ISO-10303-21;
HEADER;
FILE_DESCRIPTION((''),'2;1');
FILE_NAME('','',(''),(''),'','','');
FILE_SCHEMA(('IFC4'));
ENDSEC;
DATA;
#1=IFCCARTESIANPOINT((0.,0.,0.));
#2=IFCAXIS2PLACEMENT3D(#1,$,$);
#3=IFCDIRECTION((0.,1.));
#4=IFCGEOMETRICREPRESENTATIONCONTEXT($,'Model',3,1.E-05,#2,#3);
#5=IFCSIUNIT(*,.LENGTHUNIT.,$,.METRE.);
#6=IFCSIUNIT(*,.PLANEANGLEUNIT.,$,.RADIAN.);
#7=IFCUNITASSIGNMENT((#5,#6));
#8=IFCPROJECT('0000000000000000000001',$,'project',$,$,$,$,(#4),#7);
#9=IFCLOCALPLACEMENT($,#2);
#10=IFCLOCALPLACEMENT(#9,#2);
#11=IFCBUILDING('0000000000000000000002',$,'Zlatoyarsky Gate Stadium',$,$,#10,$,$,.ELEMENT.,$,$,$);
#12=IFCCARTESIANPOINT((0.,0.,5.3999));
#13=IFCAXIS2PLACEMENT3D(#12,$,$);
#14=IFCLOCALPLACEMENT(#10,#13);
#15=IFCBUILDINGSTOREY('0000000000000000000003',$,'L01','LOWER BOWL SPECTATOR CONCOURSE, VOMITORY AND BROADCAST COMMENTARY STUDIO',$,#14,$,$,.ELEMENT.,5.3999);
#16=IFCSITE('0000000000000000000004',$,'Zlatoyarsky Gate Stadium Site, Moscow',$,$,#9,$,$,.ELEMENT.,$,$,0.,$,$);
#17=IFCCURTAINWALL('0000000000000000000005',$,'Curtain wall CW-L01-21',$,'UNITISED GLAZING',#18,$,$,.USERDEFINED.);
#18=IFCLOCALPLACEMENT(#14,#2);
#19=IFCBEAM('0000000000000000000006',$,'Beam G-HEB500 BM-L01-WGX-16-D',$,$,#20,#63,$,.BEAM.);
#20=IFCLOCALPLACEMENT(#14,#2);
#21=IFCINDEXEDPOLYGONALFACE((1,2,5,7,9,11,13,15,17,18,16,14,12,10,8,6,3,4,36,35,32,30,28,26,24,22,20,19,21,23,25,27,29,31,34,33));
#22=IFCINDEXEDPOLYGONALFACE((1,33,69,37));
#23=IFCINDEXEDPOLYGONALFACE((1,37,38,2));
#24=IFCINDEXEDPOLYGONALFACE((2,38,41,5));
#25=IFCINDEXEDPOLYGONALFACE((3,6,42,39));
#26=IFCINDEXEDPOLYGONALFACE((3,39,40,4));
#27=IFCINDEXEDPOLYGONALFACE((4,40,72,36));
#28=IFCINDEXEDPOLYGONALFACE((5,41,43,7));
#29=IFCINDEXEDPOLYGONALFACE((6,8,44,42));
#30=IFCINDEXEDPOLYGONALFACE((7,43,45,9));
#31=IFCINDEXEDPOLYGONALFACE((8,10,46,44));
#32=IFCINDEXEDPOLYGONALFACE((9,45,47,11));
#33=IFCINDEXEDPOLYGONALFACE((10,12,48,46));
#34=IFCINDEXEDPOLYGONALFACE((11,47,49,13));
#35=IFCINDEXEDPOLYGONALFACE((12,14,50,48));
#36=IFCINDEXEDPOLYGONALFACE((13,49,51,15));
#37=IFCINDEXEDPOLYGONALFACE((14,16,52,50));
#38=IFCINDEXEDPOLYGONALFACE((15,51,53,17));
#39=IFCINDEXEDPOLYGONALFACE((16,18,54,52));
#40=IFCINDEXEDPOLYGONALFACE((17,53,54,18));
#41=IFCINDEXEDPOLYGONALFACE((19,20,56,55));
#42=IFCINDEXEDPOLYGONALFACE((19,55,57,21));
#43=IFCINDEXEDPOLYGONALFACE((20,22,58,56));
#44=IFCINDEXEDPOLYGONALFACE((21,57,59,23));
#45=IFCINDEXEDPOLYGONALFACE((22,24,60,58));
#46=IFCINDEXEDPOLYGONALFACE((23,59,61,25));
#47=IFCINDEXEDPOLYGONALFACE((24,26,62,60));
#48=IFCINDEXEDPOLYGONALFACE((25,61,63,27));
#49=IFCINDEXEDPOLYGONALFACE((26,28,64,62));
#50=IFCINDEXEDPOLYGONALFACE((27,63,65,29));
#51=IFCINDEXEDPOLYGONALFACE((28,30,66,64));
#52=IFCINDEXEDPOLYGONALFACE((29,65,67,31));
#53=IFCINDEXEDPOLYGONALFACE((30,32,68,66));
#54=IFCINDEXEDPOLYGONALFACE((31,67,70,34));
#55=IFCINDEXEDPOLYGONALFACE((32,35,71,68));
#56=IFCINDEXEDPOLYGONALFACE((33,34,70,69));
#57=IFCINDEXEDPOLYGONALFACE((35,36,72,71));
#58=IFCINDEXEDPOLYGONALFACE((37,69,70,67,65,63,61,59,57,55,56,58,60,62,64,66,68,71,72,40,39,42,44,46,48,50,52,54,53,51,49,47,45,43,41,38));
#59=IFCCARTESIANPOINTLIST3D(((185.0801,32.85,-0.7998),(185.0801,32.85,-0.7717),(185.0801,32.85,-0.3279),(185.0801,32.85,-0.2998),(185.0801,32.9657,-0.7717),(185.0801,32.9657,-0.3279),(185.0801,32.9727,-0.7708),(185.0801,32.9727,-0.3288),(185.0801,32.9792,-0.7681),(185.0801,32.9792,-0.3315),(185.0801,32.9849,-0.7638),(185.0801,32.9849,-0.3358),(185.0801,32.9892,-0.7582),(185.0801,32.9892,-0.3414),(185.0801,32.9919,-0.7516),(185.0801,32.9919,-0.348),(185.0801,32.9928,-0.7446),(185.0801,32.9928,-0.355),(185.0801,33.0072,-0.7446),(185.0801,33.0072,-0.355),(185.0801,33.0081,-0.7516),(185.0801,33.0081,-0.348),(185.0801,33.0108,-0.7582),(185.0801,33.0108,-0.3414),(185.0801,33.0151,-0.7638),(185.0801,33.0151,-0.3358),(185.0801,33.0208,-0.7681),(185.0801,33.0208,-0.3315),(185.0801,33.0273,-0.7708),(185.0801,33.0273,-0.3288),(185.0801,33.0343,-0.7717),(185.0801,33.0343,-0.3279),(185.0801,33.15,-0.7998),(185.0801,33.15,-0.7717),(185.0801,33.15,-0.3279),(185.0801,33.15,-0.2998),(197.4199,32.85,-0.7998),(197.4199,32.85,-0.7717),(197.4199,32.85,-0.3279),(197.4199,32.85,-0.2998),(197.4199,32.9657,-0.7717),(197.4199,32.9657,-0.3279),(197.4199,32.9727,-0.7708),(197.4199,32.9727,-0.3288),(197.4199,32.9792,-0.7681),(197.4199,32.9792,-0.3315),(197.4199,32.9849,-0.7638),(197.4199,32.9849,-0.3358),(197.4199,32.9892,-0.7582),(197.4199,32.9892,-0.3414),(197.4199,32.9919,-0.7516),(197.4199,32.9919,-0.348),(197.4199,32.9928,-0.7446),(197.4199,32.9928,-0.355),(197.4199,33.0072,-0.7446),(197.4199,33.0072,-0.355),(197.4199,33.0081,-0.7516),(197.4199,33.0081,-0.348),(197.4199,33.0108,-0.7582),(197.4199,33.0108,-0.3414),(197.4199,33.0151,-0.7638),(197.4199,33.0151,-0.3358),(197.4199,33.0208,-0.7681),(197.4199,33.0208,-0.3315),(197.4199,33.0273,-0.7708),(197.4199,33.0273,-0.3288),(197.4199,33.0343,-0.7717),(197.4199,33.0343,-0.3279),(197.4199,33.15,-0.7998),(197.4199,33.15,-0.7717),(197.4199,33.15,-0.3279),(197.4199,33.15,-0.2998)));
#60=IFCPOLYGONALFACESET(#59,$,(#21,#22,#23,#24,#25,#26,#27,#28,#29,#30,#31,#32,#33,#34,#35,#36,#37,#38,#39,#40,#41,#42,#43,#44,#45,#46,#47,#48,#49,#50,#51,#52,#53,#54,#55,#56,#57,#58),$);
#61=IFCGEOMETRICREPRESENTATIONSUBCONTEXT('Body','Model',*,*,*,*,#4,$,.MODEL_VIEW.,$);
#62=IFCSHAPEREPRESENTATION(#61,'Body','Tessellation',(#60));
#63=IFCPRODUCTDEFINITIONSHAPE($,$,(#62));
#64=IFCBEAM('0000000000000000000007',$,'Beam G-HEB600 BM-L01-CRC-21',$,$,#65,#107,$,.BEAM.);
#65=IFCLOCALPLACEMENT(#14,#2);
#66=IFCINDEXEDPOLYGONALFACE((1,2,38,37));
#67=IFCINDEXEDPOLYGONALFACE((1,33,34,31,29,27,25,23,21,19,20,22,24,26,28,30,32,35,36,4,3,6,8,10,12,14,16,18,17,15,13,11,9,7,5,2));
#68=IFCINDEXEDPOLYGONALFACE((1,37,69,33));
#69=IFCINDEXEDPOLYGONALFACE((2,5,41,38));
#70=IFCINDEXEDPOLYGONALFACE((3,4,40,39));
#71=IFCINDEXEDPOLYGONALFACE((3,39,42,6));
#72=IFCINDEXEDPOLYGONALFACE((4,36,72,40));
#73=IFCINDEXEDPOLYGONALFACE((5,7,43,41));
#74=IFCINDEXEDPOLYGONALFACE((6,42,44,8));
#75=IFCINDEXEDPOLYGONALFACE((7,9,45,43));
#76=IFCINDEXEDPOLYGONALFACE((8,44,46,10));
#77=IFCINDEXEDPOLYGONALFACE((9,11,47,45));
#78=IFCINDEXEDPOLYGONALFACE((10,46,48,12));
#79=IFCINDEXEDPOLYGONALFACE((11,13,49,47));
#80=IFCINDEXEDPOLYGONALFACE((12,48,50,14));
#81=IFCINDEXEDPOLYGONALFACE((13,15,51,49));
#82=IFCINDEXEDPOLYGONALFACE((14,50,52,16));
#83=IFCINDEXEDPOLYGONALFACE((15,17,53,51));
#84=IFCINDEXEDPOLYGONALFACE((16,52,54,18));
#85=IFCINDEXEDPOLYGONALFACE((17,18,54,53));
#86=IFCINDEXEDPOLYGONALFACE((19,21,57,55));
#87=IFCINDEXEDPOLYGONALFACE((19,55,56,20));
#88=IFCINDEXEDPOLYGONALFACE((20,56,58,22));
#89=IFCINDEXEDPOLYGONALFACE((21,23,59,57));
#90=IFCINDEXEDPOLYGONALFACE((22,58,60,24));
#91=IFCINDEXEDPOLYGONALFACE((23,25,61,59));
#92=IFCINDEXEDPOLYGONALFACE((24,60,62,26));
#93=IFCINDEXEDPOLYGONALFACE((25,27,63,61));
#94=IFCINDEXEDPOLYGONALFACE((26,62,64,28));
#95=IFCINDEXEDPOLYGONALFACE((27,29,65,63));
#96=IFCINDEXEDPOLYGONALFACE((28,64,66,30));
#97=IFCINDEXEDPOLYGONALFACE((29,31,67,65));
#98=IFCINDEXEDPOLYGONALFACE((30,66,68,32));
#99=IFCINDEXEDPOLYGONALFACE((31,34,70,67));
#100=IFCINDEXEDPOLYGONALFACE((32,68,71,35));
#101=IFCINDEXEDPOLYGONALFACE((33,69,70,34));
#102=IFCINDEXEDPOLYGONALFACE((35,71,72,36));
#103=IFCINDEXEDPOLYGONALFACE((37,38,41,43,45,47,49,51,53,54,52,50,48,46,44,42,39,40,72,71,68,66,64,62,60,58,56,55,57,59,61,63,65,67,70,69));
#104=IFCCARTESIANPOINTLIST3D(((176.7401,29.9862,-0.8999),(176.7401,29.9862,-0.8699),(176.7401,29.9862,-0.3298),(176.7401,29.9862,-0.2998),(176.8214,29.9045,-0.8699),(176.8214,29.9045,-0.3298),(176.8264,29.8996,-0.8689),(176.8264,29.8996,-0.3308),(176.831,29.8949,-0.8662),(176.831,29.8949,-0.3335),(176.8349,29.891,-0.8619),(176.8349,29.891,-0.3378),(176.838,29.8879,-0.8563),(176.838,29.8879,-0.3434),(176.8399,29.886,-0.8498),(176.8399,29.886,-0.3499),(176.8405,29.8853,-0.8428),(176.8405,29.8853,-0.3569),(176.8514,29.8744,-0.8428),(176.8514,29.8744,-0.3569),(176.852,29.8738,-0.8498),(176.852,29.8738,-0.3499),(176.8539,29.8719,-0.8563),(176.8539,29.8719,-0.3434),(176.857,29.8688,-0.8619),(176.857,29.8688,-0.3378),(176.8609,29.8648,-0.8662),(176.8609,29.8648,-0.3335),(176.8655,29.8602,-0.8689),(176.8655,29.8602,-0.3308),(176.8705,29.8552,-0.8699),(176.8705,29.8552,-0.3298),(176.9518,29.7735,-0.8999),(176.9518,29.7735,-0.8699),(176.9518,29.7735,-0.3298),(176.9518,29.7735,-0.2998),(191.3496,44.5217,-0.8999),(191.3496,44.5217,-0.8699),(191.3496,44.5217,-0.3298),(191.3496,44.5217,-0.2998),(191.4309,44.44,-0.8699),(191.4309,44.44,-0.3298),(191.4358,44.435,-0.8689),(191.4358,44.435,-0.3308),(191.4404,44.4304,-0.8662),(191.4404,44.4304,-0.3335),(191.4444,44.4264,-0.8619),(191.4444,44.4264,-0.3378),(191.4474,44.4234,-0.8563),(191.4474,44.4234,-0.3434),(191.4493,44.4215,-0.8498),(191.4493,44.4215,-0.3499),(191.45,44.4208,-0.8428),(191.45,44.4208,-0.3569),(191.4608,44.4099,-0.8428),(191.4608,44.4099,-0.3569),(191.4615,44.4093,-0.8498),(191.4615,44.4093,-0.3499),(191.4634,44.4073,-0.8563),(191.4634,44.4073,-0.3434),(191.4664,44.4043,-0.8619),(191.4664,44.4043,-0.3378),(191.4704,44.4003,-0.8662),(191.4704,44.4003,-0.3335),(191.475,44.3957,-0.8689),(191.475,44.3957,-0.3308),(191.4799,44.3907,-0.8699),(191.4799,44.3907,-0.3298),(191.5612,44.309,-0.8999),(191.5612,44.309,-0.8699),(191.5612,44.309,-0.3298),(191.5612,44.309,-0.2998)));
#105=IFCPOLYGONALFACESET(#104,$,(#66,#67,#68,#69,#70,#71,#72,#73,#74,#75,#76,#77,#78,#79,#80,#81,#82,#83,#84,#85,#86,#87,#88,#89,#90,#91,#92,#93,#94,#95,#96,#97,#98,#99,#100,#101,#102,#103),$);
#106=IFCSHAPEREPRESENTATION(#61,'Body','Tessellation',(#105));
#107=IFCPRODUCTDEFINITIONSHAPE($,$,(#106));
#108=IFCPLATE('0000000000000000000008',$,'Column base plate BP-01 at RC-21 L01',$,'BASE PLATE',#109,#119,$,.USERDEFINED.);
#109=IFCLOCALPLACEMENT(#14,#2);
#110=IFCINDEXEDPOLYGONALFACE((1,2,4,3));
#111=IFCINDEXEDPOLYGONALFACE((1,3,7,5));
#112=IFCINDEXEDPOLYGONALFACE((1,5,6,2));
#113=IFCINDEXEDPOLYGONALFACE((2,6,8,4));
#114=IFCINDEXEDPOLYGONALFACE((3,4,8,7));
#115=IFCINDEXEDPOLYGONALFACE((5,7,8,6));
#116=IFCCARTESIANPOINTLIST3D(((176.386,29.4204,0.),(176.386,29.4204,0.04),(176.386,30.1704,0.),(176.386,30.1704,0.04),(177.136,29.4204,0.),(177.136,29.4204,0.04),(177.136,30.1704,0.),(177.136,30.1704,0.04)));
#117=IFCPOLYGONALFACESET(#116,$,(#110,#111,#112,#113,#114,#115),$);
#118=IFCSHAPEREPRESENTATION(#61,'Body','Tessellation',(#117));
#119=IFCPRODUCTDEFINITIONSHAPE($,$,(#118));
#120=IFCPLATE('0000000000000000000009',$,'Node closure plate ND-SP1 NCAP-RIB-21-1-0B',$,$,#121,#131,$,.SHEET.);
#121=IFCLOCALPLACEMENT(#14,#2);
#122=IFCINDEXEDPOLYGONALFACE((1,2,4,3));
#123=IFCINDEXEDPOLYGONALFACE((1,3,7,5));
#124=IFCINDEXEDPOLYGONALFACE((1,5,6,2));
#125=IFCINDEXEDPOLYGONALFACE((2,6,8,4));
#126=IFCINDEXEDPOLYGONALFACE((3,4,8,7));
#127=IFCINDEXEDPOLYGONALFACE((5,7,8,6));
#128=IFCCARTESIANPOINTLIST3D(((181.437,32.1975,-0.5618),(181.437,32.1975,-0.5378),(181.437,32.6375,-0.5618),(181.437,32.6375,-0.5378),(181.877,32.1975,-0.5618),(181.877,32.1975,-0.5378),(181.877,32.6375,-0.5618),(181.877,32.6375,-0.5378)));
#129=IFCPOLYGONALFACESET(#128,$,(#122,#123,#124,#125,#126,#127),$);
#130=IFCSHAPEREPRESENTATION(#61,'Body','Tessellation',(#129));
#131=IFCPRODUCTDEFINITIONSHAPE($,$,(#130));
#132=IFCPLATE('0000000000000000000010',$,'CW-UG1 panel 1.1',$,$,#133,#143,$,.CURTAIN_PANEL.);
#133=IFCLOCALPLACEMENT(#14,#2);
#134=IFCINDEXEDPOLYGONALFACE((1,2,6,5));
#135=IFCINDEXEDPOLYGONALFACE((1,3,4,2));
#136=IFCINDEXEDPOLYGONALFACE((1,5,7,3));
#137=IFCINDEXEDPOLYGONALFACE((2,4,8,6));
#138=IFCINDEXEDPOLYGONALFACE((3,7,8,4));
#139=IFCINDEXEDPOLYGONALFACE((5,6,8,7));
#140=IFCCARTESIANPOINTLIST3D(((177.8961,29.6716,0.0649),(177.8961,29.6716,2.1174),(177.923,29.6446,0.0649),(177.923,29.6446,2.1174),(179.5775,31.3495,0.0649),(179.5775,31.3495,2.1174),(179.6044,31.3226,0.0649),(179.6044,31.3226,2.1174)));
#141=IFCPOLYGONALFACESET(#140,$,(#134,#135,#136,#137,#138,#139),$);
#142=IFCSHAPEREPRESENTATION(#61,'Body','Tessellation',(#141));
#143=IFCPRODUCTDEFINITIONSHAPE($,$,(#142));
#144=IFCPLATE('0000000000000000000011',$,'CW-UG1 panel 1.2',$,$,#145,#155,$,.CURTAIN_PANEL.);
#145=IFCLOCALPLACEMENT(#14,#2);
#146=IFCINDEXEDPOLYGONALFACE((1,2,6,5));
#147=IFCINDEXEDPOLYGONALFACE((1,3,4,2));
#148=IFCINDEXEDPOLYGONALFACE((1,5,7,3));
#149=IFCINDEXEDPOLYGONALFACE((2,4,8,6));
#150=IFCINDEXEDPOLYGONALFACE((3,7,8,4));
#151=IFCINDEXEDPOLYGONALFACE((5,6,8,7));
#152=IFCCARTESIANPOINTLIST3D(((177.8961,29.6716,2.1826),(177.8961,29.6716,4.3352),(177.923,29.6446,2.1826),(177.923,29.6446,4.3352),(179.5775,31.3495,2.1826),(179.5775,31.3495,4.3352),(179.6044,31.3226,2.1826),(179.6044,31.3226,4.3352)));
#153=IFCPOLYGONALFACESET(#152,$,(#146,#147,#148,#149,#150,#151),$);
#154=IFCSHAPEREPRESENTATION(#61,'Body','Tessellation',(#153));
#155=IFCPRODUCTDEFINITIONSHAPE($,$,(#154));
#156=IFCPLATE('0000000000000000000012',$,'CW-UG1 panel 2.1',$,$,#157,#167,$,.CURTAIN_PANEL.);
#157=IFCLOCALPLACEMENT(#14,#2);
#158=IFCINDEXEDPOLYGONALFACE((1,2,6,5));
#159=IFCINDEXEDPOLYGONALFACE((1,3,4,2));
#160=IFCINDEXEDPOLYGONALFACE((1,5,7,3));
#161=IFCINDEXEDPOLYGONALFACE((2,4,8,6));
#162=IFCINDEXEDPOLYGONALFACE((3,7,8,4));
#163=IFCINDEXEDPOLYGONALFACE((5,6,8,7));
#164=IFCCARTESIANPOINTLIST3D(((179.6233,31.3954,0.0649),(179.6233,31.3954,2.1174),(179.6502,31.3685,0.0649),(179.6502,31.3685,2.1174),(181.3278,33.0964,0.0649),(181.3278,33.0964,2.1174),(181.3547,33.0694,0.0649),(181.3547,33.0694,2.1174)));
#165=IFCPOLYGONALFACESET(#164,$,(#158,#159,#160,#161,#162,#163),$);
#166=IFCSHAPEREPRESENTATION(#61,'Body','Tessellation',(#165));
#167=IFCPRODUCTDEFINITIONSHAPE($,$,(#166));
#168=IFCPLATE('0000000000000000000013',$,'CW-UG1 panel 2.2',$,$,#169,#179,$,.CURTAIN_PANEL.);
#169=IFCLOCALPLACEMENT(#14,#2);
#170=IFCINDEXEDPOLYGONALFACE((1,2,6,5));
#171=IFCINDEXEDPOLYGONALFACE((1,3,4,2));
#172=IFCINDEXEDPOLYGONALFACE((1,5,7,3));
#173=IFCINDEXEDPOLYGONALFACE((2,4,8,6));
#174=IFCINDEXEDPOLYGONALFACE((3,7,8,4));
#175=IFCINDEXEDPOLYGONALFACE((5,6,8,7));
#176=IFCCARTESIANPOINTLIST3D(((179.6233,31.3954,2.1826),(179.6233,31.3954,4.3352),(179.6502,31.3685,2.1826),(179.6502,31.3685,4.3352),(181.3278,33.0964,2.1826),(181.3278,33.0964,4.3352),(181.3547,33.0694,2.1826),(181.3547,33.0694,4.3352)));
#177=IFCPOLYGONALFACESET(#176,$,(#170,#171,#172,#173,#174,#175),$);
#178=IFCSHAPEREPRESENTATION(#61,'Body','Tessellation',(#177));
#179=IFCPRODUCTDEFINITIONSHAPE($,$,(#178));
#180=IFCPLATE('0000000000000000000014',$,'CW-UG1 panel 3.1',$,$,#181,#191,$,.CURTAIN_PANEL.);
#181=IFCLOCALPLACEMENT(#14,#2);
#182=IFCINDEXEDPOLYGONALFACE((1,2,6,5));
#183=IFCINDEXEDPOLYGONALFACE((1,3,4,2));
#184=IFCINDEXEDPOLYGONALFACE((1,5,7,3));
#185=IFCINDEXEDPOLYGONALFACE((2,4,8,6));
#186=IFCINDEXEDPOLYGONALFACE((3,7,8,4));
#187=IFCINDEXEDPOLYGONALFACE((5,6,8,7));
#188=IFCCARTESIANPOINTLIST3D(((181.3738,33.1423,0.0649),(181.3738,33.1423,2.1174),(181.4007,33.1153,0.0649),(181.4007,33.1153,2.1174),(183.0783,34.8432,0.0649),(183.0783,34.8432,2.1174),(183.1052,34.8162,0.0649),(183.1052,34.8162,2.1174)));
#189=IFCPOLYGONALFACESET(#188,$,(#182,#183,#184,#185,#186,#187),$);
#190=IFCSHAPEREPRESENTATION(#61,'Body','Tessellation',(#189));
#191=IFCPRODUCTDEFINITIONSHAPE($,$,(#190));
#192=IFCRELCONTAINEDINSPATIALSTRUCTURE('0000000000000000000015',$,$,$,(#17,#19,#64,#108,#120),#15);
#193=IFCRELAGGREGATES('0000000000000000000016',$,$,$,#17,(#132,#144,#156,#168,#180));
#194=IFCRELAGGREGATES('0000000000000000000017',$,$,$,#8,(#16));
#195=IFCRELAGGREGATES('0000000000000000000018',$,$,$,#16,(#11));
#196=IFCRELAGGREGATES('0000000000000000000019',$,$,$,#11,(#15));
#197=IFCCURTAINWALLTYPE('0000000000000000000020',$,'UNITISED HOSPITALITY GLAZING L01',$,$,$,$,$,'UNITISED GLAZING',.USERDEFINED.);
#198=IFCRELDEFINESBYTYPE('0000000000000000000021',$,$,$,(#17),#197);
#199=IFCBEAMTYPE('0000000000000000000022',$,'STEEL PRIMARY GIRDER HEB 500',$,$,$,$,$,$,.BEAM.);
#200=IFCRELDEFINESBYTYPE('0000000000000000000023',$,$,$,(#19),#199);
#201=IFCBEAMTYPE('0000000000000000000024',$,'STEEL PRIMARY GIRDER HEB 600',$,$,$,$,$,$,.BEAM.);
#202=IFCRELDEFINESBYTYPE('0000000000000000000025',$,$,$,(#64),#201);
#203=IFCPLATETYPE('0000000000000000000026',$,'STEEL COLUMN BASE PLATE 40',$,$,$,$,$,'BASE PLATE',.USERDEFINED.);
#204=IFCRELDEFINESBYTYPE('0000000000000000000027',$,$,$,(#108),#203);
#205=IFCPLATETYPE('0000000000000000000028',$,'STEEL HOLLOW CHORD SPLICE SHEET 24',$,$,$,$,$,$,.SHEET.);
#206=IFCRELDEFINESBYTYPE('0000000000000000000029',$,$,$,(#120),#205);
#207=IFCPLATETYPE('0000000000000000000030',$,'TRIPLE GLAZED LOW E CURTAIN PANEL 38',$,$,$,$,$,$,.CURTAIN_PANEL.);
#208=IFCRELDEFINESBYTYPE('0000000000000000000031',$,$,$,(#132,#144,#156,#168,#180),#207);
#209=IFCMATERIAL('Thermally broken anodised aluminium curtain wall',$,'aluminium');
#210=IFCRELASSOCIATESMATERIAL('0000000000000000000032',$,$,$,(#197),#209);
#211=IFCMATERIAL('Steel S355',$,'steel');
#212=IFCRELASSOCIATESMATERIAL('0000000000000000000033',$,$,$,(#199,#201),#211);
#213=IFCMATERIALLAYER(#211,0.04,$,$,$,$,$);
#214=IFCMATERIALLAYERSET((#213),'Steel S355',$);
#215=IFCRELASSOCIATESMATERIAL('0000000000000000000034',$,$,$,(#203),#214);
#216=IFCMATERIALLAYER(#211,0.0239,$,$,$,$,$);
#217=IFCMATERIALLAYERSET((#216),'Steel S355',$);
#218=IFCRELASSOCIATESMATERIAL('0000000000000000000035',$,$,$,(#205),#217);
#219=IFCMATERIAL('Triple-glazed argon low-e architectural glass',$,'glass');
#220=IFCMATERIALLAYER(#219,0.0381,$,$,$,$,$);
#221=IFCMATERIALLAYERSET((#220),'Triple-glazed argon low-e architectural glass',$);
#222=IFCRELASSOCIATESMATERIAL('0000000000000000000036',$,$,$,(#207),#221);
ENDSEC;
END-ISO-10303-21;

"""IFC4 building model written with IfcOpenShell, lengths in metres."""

from ifc_helpers import new_model, si_unit, direction, frame, origin, origin_2d, place, context, subcontext, project, spatial, rectangle, i_section, extrude, material, layer, layer_set, material_profile, profile_set, type_object, element, aggregate, save


model = new_model("IFC4")

# Units and contexts
model_context = context("Model", 3, precision=1e-05, world=origin(), true_north=direction((0.0, 1.0)))
body_context = subcontext(model_context, "Body", "Model", "MODEL_VIEW")
ifc_project = project(units=[si_unit("LENGTHUNIT", "METRE"), si_unit("PLANEANGLEUNIT", "RADIAN")], contexts=[model_context])

# Site, building, storey
site_placement = place(None, origin())
site = spatial("IfcSite", under=ifc_project, at=site_placement, Name="Zlatoyarsky Gate Stadium Site, Moscow", CompositionType="ELEMENT", RefElevation=0.0)
building_placement = place(site_placement, origin())
building = spatial("IfcBuilding", under=site, at=building_placement, Name="Zlatoyarsky Gate Stadium", CompositionType="ELEMENT")
storey_placement = place(building_placement, frame((0.0, 0.0, 5.3999)))
storey = spatial("IfcBuildingStorey", under=building, at=storey_placement, Name="L01", Description="LOWER BOWL SPECTATOR CONCOURSE, VOMITORY AND BROADCAST COMMENTARY STUDIO", CompositionType="ELEMENT", Elevation=5.3999)

# Shared definitions
ifc_material_1 = material(Name="Steel S355", Category="steel")

# Curtain wall
ifc_material_2 = material(Name="Thermally broken anodised aluminium curtain wall", Category="aluminium")
curtain_wall_type = type_object("IfcCurtainWallType", Name="UNITISED HOSPITALITY GLAZING L01", ElementType="UNITISED GLAZING", PredefinedType="USERDEFINED", material=ifc_material_2)
curtain_wall_placement = place(storey_placement, origin())
curtain_wall = element("IfcCurtainWall", 1, at=curtain_wall_placement, inside=storey, type_object=curtain_wall_type, Name="Curtain wall CW-L01-21", ObjectType="UNITISED GLAZING", PredefinedType="USERDEFINED")

# Beams
ifc_material_profile_1 = material_profile(ifc_material_1, i_section(OverallWidth=0.3, OverallDepth=0.5, WebThickness=0.0144, FlangeThickness=0.0281, FilletRadius=0.0271, at=origin_2d()), Name="HEB 500")
ifc_profile_set_1 = profile_set([ifc_material_profile_1], Name="Steel S355")
beam_type_1 = type_object("IfcBeamType", Name="STEEL PRIMARY GIRDER HEB 500", PredefinedType="BEAM", material=ifc_profile_set_1)
beam_1_placement = place(storey_placement, frame((185.0801, 33.0, -0.5498), z_axis=(1.0, 0.0, 0.0), x_axis=(0.0, 1.0, 0.0)))
element("IfcBeam", 2, at=beam_1_placement, inside=storey, type_object=beam_type_1, Name="Beam G-HEB500 BM-L01-WGX-16-D", PredefinedType="BEAM", context=body_context, shape_type="SweptSolid", body=[
    extrude(i_section(OverallWidth=0.3, OverallDepth=0.5, WebThickness=0.0144, FlangeThickness=0.0281, FilletRadius=0.0271, at=origin_2d()), origin(), (0.0, 0.0, 1.0), 12.3398),
])
ifc_material_profile_2 = material_profile(ifc_material_1, i_section(OverallWidth=0.3, OverallDepth=0.6001, WebThickness=0.0154, FlangeThickness=0.03, FilletRadius=0.0271, at=origin_2d()), Name="HEB 600")
ifc_profile_set_2 = profile_set([ifc_material_profile_2], Name="Steel S355")
beam_type_2 = type_object("IfcBeamType", Name="STEEL PRIMARY GIRDER HEB 600", PredefinedType="BEAM", material=ifc_profile_set_2)
beam_2_placement = place(storey_placement, frame((176.8459, 29.8799, -0.5999), z_axis=(0.708899, 0.70531, 0.0), x_axis=(-0.70531, 0.708899, 0.0)))
element("IfcBeam", 3, at=beam_2_placement, inside=storey, type_object=beam_type_2, Name="Beam G-HEB600 BM-L01-CRC-21", PredefinedType="BEAM", context=body_context, shape_type="SweptSolid", body=[
    extrude(i_section(OverallWidth=0.3, OverallDepth=0.6001, WebThickness=0.0154, FlangeThickness=0.03, FilletRadius=0.0271, at=origin_2d()), origin(), (0.0, 0.0, 1.0), 20.6086),
])

# Plates
ifc_layer_1 = layer(ifc_material_1, 0.04)
ifc_layer_set_1 = layer_set([ifc_layer_1], Name="Steel S355")
plate_type_1 = type_object("IfcPlateType", Name="STEEL COLUMN BASE PLATE 40", ElementType="BASE PLATE", PredefinedType="USERDEFINED", material=ifc_layer_set_1)
plate_1_placement = place(storey_placement, frame((176.761, 29.7954, 0.0), z_axis=(0.0, 0.0, 1.0), x_axis=(1.0, 0.0, 0.0)))
element("IfcPlate", 4, at=plate_1_placement, inside=storey, type_object=plate_type_1, Name="Column base plate BP-01 at RC-21 L01", ObjectType="BASE PLATE", PredefinedType="USERDEFINED", context=body_context, shape_type="SweptSolid", body=[
    extrude(rectangle(XDim=0.75, YDim=0.75, at=origin_2d()), origin(), (0.0, 0.0, 1.0), 0.04),
])
ifc_layer_2 = layer(ifc_material_1, 0.0239)
ifc_layer_set_2 = layer_set([ifc_layer_2], Name="Steel S355")
plate_type_2 = type_object("IfcPlateType", Name="STEEL HOLLOW CHORD SPLICE SHEET 24", PredefinedType="SHEET", material=ifc_layer_set_2)
plate_2_placement = place(storey_placement, frame((181.657, 32.4175, -0.5618), z_axis=(0.0, 0.0, 1.0), x_axis=(1.0, 0.0, 0.0)))
element("IfcPlate", 5, at=plate_2_placement, inside=storey, type_object=plate_type_2, Name="Node closure plate ND-SP1 NCAP-RIB-21-1-0B", PredefinedType="SHEET", context=body_context, shape_type="SweptSolid", body=[
    extrude(rectangle(XDim=0.4399, YDim=0.4399, at=origin_2d()), origin(), (0.0, 0.0, 1.0), 0.0239),
])

# Plates
ifc_material_3 = material(Name="Triple-glazed argon low-e architectural glass", Category="glass")
ifc_layer_3 = layer(ifc_material_3, 0.0381)
ifc_layer_set_3 = layer_set([ifc_layer_3], Name="Triple-glazed argon low-e architectural glass")
plate_type_3 = type_object("IfcPlateType", Name="TRIPLE GLAZED LOW E CURTAIN PANEL 38", PredefinedType="CURTAIN_PANEL", material=ifc_layer_set_3)
plate_3_placement = place(storey_placement, frame((178.7502, 30.4971, 0.0649), z_axis=(0.0, 0.0, 1.0), x_axis=(0.707842, 0.706371, 0.0)))
plate_3 = element("IfcPlate", 6, at=plate_3_placement, type_object=plate_type_3, Name="CW-UG1 panel 1.1", PredefinedType="CURTAIN_PANEL", context=body_context, shape_type="SweptSolid", body=[
    extrude(rectangle(XDim=2.3755, YDim=0.0381, at=origin_2d()), origin(), (0.0, 0.0, 1.0), 2.0525),
])
plate_4_placement = place(storey_placement, frame((178.7502, 30.4971, 2.1826), z_axis=(0.0, 0.0, 1.0), x_axis=(0.707842, 0.706371, 0.0)))
plate_4 = element("IfcPlate", 7, at=plate_4_placement, type_object=plate_type_3, Name="CW-UG1 panel 1.2", PredefinedType="CURTAIN_PANEL", context=body_context, shape_type="SweptSolid", body=[
    extrude(rectangle(XDim=2.3755, YDim=0.0381, at=origin_2d()), origin(), (0.0, 0.0, 1.0), 2.1526),
])
plate_5_placement = place(storey_placement, frame((180.489, 32.2324, 0.0649), z_axis=(0.0, 0.0, 1.0), x_axis=(0.707842, 0.706371, 0.0)))
plate_5 = element("IfcPlate", 8, at=plate_5_placement, type_object=plate_type_3, Name="CW-UG1 panel 2.1", PredefinedType="CURTAIN_PANEL", context=body_context, shape_type="SweptSolid", body=[
    extrude(rectangle(XDim=2.408, YDim=0.0381, at=origin_2d()), origin(), (0.0, 0.0, 1.0), 2.0525),
])
plate_6_placement = place(storey_placement, frame((180.489, 32.2324, 2.1826), z_axis=(0.0, 0.0, 1.0), x_axis=(0.707842, 0.706371, 0.0)))
plate_6 = element("IfcPlate", 9, at=plate_6_placement, type_object=plate_type_3, Name="CW-UG1 panel 2.2", PredefinedType="CURTAIN_PANEL", context=body_context, shape_type="SweptSolid", body=[
    extrude(rectangle(XDim=2.408, YDim=0.0381, at=origin_2d()), origin(), (0.0, 0.0, 1.0), 2.1526),
])
plate_7_placement = place(storey_placement, frame((182.2395, 33.9792, 0.0649), z_axis=(0.0, 0.0, 1.0), x_axis=(0.707842, 0.706371, 0.0)))
plate_7 = element("IfcPlate", 10, at=plate_7_placement, type_object=plate_type_3, Name="CW-UG1 panel 3.1", PredefinedType="CURTAIN_PANEL", context=body_context, shape_type="SweptSolid", body=[
    extrude(rectangle(XDim=2.408, YDim=0.0381, at=origin_2d()), origin(), (0.0, 0.0, 1.0), 2.0525),
])
aggregate(curtain_wall, [plate_3, plate_4, plate_5, plate_6, plate_7])

save(model, "model.ifc")
